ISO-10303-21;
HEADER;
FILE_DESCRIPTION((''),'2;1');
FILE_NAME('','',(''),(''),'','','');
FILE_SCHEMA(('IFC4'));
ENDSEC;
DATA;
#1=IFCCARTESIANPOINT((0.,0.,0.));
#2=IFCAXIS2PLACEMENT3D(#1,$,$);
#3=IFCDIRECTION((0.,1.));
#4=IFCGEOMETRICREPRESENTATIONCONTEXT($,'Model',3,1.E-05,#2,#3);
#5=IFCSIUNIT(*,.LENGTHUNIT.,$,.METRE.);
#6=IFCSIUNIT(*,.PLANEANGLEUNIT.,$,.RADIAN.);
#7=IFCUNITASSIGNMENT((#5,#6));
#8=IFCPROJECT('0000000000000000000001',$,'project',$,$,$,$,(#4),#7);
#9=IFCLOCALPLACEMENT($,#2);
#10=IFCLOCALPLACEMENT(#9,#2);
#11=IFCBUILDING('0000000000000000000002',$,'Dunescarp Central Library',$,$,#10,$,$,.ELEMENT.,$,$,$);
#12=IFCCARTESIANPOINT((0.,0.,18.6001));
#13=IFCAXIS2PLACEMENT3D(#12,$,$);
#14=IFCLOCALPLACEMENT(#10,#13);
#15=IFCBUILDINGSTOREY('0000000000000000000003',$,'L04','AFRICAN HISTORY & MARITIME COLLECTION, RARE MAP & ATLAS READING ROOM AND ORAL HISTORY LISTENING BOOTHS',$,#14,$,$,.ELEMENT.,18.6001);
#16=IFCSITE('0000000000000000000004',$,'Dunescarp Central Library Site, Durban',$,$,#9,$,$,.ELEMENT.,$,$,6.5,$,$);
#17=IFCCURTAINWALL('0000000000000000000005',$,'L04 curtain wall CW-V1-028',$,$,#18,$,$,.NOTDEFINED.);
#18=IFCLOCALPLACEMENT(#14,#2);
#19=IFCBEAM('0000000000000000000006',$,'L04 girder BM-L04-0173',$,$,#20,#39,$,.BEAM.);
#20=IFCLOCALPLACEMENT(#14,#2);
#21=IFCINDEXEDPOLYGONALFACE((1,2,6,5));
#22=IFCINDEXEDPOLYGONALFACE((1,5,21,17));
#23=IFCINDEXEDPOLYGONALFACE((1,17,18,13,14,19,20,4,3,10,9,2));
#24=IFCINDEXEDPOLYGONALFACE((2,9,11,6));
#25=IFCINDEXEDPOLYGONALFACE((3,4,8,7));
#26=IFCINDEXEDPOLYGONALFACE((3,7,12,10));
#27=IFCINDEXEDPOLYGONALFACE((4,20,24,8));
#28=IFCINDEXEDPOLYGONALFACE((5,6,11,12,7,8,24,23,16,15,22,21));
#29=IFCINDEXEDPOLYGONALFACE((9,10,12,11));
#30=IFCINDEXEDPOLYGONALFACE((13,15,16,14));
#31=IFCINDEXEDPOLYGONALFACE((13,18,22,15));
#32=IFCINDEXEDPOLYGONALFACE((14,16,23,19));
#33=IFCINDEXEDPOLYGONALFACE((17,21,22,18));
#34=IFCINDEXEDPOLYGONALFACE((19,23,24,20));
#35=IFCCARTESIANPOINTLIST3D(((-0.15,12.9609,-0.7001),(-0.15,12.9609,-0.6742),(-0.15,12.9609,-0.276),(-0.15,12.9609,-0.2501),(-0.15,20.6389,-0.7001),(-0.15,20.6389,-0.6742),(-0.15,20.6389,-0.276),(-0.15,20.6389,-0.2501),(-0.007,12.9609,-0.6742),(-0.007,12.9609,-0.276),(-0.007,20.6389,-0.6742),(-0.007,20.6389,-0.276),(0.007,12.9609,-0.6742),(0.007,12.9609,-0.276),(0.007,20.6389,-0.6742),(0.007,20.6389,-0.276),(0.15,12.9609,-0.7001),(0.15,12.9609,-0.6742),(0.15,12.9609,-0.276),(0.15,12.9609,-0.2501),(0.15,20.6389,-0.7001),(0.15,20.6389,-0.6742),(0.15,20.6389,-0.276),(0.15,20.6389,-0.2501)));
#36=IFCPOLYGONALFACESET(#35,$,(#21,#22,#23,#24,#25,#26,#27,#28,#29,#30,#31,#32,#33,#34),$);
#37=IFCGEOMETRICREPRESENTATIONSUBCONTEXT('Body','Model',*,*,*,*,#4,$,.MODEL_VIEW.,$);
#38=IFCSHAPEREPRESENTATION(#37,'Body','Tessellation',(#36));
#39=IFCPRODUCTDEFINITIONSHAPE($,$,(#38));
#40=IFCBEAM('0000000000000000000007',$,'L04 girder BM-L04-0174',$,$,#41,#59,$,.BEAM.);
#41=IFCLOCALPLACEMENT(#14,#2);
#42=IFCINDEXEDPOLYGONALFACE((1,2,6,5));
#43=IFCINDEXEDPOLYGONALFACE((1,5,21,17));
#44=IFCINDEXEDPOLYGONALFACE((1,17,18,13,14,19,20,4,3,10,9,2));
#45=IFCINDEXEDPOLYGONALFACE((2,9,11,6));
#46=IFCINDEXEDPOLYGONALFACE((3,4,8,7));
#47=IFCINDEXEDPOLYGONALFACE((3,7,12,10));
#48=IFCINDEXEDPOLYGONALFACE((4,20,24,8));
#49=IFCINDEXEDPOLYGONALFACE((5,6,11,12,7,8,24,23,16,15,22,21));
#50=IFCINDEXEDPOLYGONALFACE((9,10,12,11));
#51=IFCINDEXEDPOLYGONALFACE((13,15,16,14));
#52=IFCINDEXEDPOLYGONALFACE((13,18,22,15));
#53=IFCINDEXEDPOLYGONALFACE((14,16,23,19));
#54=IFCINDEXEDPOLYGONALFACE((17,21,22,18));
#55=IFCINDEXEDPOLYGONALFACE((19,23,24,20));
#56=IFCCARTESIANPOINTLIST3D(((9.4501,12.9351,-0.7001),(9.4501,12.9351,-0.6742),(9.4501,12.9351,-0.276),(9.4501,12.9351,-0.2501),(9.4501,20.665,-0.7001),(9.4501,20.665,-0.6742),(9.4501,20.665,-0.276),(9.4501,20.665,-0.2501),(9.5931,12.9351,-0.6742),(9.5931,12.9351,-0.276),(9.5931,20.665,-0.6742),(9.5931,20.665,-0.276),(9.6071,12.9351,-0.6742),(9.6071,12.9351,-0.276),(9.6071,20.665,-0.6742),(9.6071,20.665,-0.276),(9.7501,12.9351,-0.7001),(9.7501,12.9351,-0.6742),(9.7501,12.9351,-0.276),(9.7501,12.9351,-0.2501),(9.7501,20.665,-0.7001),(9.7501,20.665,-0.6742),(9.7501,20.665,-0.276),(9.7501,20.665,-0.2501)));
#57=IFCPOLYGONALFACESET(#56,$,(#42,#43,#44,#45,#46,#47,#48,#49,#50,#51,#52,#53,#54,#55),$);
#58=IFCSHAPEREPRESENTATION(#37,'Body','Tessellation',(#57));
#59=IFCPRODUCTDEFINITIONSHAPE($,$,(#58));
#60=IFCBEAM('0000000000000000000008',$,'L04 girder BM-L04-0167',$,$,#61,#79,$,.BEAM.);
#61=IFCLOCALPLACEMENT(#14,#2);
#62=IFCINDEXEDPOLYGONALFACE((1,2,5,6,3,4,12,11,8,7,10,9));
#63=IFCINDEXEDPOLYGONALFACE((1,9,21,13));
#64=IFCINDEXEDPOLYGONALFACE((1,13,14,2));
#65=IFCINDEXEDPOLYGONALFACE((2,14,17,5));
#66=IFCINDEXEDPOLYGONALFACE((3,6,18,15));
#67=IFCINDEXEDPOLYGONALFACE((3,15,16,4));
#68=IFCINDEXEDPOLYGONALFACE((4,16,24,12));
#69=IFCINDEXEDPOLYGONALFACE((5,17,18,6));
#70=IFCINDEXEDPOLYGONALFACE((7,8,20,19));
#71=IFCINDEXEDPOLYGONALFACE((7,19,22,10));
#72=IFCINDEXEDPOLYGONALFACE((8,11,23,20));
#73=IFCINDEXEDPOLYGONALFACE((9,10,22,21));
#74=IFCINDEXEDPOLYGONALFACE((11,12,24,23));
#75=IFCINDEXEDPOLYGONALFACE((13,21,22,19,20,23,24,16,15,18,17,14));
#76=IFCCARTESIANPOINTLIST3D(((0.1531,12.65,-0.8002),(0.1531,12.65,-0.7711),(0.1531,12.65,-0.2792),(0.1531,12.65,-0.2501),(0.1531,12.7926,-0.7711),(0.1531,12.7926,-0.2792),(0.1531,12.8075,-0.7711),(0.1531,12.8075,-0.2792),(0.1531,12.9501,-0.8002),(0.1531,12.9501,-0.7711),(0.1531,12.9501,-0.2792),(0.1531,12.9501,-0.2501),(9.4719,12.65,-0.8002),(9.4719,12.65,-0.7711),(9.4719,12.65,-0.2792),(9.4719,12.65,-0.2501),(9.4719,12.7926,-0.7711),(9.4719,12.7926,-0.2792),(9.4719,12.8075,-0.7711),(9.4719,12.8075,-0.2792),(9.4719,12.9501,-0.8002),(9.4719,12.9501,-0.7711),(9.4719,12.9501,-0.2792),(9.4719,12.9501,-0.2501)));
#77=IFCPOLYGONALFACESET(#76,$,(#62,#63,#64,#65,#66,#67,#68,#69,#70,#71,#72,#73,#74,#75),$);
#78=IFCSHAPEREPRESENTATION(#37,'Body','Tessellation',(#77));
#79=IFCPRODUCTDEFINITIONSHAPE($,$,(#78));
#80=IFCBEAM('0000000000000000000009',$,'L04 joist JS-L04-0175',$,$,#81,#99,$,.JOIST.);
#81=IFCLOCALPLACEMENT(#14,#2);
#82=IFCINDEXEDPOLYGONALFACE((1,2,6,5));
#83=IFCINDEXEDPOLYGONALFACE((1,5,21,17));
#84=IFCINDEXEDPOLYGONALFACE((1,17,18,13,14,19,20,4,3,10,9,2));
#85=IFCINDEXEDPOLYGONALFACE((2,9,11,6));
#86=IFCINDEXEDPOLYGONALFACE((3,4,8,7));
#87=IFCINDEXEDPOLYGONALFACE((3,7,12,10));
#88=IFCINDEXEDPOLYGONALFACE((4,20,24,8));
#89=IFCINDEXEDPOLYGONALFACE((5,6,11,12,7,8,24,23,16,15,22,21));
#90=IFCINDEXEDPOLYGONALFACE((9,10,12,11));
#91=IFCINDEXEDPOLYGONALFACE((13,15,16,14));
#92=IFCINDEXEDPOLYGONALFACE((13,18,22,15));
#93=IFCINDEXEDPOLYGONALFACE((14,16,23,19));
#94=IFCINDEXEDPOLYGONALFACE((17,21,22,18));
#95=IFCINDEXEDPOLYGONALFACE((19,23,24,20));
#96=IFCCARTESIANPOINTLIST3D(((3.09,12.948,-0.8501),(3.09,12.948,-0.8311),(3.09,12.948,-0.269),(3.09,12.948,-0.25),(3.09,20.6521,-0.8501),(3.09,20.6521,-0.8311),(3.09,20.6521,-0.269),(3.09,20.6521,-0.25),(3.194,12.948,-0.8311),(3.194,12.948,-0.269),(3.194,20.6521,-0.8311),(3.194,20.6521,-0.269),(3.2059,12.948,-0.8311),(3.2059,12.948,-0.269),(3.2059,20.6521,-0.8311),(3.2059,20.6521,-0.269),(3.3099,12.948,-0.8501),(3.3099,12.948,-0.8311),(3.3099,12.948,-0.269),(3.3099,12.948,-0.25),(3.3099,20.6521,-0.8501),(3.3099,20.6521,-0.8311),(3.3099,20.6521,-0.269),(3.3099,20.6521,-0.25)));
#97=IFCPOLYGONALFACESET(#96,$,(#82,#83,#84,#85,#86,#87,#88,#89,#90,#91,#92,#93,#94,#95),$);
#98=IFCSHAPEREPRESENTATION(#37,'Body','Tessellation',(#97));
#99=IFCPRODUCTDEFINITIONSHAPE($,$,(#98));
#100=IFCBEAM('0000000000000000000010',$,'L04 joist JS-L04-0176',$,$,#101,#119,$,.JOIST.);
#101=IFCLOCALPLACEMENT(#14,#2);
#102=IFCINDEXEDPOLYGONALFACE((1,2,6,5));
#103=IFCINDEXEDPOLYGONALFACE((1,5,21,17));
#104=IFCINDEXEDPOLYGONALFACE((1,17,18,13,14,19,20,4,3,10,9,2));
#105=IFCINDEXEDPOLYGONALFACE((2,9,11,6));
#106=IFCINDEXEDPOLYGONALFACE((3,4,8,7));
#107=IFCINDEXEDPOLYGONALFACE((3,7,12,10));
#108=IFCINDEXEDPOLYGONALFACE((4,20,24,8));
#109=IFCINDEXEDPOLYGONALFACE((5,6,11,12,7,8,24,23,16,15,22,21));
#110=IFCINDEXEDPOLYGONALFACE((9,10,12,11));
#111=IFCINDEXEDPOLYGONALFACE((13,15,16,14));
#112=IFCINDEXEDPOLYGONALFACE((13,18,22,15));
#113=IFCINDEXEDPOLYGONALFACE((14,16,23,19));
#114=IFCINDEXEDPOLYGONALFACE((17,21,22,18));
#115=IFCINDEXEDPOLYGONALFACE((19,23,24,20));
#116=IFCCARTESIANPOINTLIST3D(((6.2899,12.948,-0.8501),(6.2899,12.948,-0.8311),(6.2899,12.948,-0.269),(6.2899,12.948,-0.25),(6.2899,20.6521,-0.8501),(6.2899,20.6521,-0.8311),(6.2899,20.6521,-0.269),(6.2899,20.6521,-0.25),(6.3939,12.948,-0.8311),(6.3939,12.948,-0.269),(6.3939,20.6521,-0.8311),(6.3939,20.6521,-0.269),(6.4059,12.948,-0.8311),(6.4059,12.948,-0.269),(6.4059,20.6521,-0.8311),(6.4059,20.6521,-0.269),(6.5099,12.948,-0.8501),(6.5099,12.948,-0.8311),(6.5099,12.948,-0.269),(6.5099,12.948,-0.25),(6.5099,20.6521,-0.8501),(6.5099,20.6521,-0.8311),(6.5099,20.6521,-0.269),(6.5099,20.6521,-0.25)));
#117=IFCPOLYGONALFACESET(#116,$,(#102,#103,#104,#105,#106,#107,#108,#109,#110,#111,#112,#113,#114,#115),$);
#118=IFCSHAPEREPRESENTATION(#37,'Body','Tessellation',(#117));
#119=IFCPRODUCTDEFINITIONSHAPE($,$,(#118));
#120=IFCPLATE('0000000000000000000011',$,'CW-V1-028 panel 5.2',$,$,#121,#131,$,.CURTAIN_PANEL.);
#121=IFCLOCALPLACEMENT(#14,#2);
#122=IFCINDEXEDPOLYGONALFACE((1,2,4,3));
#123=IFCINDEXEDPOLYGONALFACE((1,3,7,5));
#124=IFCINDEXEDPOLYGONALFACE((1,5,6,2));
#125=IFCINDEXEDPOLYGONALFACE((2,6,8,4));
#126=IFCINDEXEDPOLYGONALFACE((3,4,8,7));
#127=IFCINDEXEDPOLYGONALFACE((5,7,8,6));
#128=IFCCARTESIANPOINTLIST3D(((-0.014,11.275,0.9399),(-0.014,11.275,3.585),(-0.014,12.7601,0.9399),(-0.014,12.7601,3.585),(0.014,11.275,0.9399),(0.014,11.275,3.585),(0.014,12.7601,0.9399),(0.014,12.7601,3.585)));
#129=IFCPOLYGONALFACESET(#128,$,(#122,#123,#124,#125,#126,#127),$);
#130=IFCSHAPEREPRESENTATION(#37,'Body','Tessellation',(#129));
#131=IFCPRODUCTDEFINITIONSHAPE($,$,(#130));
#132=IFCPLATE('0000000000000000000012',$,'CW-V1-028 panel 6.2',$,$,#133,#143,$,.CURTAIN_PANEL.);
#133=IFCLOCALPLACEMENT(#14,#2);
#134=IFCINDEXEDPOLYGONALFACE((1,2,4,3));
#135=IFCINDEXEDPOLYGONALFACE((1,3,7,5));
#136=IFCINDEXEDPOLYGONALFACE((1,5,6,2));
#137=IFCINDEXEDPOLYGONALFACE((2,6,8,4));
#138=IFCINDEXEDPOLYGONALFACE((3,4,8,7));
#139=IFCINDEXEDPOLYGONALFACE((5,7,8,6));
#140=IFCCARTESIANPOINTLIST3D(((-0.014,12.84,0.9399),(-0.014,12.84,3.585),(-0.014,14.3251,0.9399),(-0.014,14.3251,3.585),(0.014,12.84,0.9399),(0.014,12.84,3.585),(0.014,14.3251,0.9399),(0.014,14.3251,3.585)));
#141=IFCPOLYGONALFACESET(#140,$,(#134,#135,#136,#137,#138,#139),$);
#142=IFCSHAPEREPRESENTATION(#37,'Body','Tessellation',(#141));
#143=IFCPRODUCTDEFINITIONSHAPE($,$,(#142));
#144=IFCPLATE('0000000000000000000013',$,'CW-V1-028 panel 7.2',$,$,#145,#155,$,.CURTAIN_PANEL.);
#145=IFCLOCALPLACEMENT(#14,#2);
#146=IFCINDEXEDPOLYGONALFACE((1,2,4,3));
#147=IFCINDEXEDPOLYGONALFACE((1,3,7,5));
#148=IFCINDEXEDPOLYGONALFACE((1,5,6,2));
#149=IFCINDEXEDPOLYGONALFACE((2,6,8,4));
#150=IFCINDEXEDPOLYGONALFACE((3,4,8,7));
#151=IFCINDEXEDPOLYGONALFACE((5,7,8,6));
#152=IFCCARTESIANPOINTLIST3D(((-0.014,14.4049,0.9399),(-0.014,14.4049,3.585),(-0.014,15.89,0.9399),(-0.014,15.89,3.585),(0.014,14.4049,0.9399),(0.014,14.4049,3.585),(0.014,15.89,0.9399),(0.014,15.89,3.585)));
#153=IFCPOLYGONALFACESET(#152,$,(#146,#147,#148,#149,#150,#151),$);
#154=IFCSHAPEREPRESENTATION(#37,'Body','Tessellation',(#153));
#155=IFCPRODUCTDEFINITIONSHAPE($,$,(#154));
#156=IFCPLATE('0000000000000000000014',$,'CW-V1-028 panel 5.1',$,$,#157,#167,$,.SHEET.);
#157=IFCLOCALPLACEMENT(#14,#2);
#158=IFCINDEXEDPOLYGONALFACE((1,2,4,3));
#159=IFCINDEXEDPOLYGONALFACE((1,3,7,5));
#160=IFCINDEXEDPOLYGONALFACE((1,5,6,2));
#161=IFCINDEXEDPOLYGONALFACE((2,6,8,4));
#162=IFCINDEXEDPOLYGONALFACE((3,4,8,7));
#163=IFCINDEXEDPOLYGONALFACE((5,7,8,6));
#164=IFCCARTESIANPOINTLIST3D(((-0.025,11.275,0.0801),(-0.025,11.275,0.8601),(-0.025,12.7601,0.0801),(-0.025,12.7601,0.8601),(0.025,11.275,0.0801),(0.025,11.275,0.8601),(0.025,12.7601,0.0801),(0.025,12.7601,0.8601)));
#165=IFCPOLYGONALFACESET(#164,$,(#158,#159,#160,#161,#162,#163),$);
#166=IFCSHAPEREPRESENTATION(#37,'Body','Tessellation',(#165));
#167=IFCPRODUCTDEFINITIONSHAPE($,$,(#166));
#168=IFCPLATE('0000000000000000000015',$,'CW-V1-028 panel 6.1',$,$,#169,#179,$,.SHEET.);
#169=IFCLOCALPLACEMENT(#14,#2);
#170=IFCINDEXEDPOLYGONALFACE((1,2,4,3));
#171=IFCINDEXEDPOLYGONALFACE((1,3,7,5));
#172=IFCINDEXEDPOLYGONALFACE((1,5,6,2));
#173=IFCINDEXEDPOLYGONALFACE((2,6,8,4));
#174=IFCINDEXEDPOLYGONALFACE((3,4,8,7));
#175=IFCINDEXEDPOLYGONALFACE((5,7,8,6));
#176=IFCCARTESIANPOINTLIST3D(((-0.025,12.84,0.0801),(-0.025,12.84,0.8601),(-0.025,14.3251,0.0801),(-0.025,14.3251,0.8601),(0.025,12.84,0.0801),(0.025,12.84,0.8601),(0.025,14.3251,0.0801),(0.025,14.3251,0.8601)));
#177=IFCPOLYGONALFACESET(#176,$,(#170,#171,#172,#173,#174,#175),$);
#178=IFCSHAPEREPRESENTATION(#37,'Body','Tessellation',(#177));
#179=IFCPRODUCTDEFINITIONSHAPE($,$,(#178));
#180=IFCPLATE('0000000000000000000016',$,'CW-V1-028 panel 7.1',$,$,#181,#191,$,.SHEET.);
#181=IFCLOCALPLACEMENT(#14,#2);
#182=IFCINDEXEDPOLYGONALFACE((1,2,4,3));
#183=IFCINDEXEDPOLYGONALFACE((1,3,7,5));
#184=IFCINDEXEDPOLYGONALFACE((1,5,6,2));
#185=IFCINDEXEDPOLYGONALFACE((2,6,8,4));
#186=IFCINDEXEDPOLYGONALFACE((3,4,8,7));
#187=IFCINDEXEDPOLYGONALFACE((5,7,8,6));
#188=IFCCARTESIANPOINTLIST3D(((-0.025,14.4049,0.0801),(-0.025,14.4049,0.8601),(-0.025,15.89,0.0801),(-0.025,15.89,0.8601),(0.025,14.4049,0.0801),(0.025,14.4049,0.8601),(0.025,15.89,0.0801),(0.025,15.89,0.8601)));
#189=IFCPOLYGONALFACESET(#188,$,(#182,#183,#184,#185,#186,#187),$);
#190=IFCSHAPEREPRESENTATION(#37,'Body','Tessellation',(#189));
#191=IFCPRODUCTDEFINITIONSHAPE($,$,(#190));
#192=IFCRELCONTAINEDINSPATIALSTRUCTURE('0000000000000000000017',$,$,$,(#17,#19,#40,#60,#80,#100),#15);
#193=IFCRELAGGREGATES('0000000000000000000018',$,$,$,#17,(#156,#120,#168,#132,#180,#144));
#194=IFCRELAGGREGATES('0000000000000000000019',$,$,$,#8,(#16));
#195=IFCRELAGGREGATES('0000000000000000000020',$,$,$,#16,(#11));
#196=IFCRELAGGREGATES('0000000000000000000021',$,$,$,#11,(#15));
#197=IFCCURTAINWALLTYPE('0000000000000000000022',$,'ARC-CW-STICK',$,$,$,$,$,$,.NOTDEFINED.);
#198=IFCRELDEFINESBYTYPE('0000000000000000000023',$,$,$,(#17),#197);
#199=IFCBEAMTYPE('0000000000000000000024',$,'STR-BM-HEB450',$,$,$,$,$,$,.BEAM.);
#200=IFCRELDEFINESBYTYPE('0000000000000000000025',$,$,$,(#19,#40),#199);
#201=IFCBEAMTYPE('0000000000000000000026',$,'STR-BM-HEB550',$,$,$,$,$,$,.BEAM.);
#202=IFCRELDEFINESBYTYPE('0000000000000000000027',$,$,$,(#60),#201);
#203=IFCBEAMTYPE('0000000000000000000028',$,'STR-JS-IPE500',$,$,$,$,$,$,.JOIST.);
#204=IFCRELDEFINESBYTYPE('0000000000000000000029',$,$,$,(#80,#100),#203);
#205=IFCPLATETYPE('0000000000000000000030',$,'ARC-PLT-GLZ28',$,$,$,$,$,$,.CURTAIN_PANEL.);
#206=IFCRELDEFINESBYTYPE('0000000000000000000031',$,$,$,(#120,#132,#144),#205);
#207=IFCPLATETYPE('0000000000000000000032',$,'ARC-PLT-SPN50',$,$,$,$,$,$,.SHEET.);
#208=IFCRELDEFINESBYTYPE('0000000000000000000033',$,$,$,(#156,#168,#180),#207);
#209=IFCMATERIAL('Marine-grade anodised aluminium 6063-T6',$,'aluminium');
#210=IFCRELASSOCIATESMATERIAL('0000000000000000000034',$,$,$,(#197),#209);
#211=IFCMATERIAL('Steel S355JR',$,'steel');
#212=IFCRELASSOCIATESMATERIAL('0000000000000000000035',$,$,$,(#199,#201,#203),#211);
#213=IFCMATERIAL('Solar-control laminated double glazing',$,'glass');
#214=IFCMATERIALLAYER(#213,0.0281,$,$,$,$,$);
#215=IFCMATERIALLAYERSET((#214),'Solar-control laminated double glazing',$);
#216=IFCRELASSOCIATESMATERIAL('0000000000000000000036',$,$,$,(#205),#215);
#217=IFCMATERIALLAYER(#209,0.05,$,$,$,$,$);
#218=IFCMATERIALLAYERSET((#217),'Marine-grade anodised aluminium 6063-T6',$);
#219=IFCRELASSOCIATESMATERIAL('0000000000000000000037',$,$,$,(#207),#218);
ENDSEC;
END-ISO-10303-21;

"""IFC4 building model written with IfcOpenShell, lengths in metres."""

from ifc_helpers import new_model, si_unit, direction, frame, origin, origin_2d, place, context, subcontext, project, spatial, rectangle, i_section, extrude, material, layer, layer_set, material_profile, profile_set, type_object, element, aggregate, save


model = new_model("IFC4")

# Units and contexts
model_context = context("Model", 3, precision=1e-05, world=origin(), true_north=direction((0.0, 1.0)))
body_context = subcontext(model_context, "Body", "Model", "MODEL_VIEW")
ifc_project = project(units=[si_unit("LENGTHUNIT", "METRE"), si_unit("PLANEANGLEUNIT", "RADIAN")], contexts=[model_context])

# Site, building, storey
site_placement = place(None, origin())
site = spatial("IfcSite", under=ifc_project, at=site_placement, Name="Dunescarp Central Library Site, Durban", CompositionType="ELEMENT", RefElevation=6.5)
building_placement = place(site_placement, origin())
building = spatial("IfcBuilding", under=site, at=building_placement, Name="Dunescarp Central Library", CompositionType="ELEMENT")
storey_placement = place(building_placement, frame((0.0, 0.0, 18.6001)))
storey = spatial("IfcBuildingStorey", under=building, at=storey_placement, Name="L04", Description="AFRICAN HISTORY & MARITIME COLLECTION, RARE MAP & ATLAS READING ROOM AND ORAL HISTORY LISTENING BOOTHS", CompositionType="ELEMENT", Elevation=18.6001)

# Shared definitions
ifc_material_1 = material(Name="Steel S355JR", Category="steel")

# Curtain wall
ifc_material_2 = material(Name="Marine-grade anodised aluminium 6063-T6", Category="aluminium")
curtain_wall_type = type_object("IfcCurtainWallType", Name="ARC-CW-STICK", PredefinedType="NOTDEFINED", material=ifc_material_2)
curtain_wall_placement = place(storey_placement, origin())
curtain_wall = element("IfcCurtainWall", 1, at=curtain_wall_placement, inside=storey, type_object=curtain_wall_type, Name="L04 curtain wall CW-V1-028", PredefinedType="NOTDEFINED")

# Beams
ifc_material_profile_1 = material_profile(ifc_material_1, i_section(OverallWidth=0.3, OverallDepth=0.45, WebThickness=0.0139, FlangeThickness=0.0259, at=origin_2d()), Name="HEB 450")
ifc_profile_set_1 = profile_set([ifc_material_profile_1], Name="Steel S355JR")
beam_type_1 = type_object("IfcBeamType", Name="STR-BM-HEB450", PredefinedType="BEAM", material=ifc_profile_set_1)
beam_1_placement = place(storey_placement, frame((0.0, 12.9609, -0.4751), z_axis=(0.0, 1.0, 0.0), x_axis=(-1.0, 0.0, 0.0)))
element("IfcBeam", 2, at=beam_1_placement, inside=storey, type_object=beam_type_1, Name="L04 girder BM-L04-0173", PredefinedType="BEAM", context=body_context, shape_type="SweptSolid", body=[
    extrude(i_section(OverallWidth=0.3, OverallDepth=0.45, WebThickness=0.0139, FlangeThickness=0.0259, at=origin_2d()), origin(), (0.0, 0.0, 1.0), 7.678),
])
beam_2_placement = place(storey_placement, frame((9.6001, 12.9351, -0.4751), z_axis=(0.0, 1.0, 0.0), x_axis=(-1.0, 0.0, 0.0)))
element("IfcBeam", 3, at=beam_2_placement, inside=storey, type_object=beam_type_1, Name="L04 girder BM-L04-0174", PredefinedType="BEAM", context=body_context, shape_type="SweptSolid", body=[
    extrude(i_section(OverallWidth=0.3, OverallDepth=0.45, WebThickness=0.0139, FlangeThickness=0.0259, at=origin_2d()), origin(), (0.0, 0.0, 1.0), 7.73),
])
ifc_material_profile_2 = material_profile(ifc_material_1, i_section(OverallWidth=0.3, OverallDepth=0.55, WebThickness=0.0149, FlangeThickness=0.0291, at=origin_2d()), Name="HEB 550")
ifc_profile_set_2 = profile_set([ifc_material_profile_2], Name="Steel S355JR")
beam_type_2 = type_object("IfcBeamType", Name="STR-BM-HEB550", PredefinedType="BEAM", material=ifc_profile_set_2)
beam_3_placement = place(storey_placement, frame((0.1531, 12.8, -0.5251), z_axis=(1.0, 0.0, 0.0), x_axis=(0.0, 1.0, 0.0)))
element("IfcBeam", 4, at=beam_3_placement, inside=storey, type_object=beam_type_2, Name="L04 girder BM-L04-0167", PredefinedType="BEAM", context=body_context, shape_type="SweptSolid", body=[
    extrude(i_section(OverallWidth=0.3, OverallDepth=0.55, WebThickness=0.0149, FlangeThickness=0.0291, at=origin_2d()), origin(), (0.0, 0.0, 1.0), 9.3188),
])
ifc_material_profile_3 = material_profile(ifc_material_1, i_section(OverallWidth=0.22, OverallDepth=0.6001, WebThickness=0.012, FlangeThickness=0.019, at=origin_2d()), Name="IPE 600")
ifc_profile_set_3 = profile_set([ifc_material_profile_3], Name="Steel S355JR")
beam_type_3 = type_object("IfcBeamType", Name="STR-JS-IPE500", PredefinedType="JOIST", material=ifc_profile_set_3)
for number, where, z_axis, x_axis, name in (
    (5, (3.2, 12.948, -0.55), (0.0, 1.0, 0.0), (-1.0, 0.0, 0.0), "L04 joist JS-L04-0175"),
    (6, (6.3999, 12.948, -0.55), (0.0, 1.0, 0.0), (-1.0, 0.0, 0.0), "L04 joist JS-L04-0176"),
):
    element("IfcBeam", number, at=place(storey_placement, frame(where, z_axis=z_axis, x_axis=x_axis)), inside=storey, type_object=beam_type_3, Name=name, PredefinedType="JOIST", context=body_context, shape_type="SweptSolid", body=[
        extrude(i_section(OverallWidth=0.22, OverallDepth=0.6001, WebThickness=0.012, FlangeThickness=0.019, at=origin_2d()), origin(), (0.0, 0.0, 1.0), 7.7041),
    ])

# Plates
ifc_material_3 = material(Name="Solar-control laminated double glazing", Category="glass")
ifc_layer_1 = layer(ifc_material_3, 0.0281)
ifc_layer_set_1 = layer_set([ifc_layer_1], Name="Solar-control laminated double glazing")
plate_type_1 = type_object("IfcPlateType", Name="ARC-PLT-GLZ28", PredefinedType="CURTAIN_PANEL", material=ifc_layer_set_1)
plate_1_placement = place(storey_placement, frame((0.0, 12.0176, 0.9399), z_axis=(0.0, 0.0, 1.0), x_axis=(0.0, 1.0, 0.0)))
plate_1 = element("IfcPlate", 7, at=plate_1_placement, type_object=plate_type_1, Name="CW-V1-028 panel 5.2", PredefinedType="CURTAIN_PANEL", context=body_context, shape_type="SweptSolid", body=[
    extrude(rectangle(XDim=1.4851, YDim=0.0281, at=origin_2d()), origin(), (0.0, 0.0, 1.0), 2.645),
])
plate_2_placement = place(storey_placement, frame((0.0, 13.5825, 0.9399), z_axis=(0.0, 0.0, 1.0), x_axis=(0.0, 1.0, 0.0)))
plate_2 = element("IfcPlate", 8, at=plate_2_placement, type_object=plate_type_1, Name="CW-V1-028 panel 6.2", PredefinedType="CURTAIN_PANEL", context=body_context, shape_type="SweptSolid", body=[
    extrude(rectangle(XDim=1.4851, YDim=0.0281, at=origin_2d()), origin(), (0.0, 0.0, 1.0), 2.645),
])
plate_3_placement = place(storey_placement, frame((0.0, 15.1475, 0.9399), z_axis=(0.0, 0.0, 1.0), x_axis=(0.0, 1.0, 0.0)))
plate_3 = element("IfcPlate", 9, at=plate_3_placement, type_object=plate_type_1, Name="CW-V1-028 panel 7.2", PredefinedType="CURTAIN_PANEL", context=body_context, shape_type="SweptSolid", body=[
    extrude(rectangle(XDim=1.4851, YDim=0.0281, at=origin_2d()), origin(), (0.0, 0.0, 1.0), 2.645),
])
ifc_layer_2 = layer(ifc_material_2, 0.05)
ifc_layer_set_2 = layer_set([ifc_layer_2], Name="Marine-grade anodised aluminium 6063-T6")
plate_type_2 = type_object("IfcPlateType", Name="ARC-PLT-SPN50", PredefinedType="SHEET", material=ifc_layer_set_2)
plate_4_placement = place(storey_placement, frame((0.0, 12.0176, 0.0801), z_axis=(0.0, 0.0, 1.0), x_axis=(0.0, 1.0, 0.0)))
plate_4 = element("IfcPlate", 10, at=plate_4_placement, type_object=plate_type_2, Name="CW-V1-028 panel 5.1", PredefinedType="SHEET", context=body_context, shape_type="SweptSolid", body=[
    extrude(rectangle(XDim=1.4851, YDim=0.05, at=origin_2d()), origin(), (0.0, 0.0, 1.0), 0.78),
])
plate_5_placement = place(storey_placement, frame((0.0, 13.5825, 0.0801), z_axis=(0.0, 0.0, 1.0), x_axis=(0.0, 1.0, 0.0)))
plate_5 = element("IfcPlate", 11, at=plate_5_placement, type_object=plate_type_2, Name="CW-V1-028 panel 6.1", PredefinedType="SHEET", context=body_context, shape_type="SweptSolid", body=[
    extrude(rectangle(XDim=1.4851, YDim=0.05, at=origin_2d()), origin(), (0.0, 0.0, 1.0), 0.78),
])
plate_6_placement = place(storey_placement, frame((0.0, 15.1475, 0.0801), z_axis=(0.0, 0.0, 1.0), x_axis=(0.0, 1.0, 0.0)))
plate_6 = element("IfcPlate", 12, at=plate_6_placement, type_object=plate_type_2, Name="CW-V1-028 panel 7.1", PredefinedType="SHEET", context=body_context, shape_type="SweptSolid", body=[
    extrude(rectangle(XDim=1.4851, YDim=0.05, at=origin_2d()), origin(), (0.0, 0.0, 1.0), 0.78),
])
aggregate(curtain_wall, [plate_4, plate_1, plate_5, plate_2, plate_6, plate_3])

save(model, "model.ifc")
